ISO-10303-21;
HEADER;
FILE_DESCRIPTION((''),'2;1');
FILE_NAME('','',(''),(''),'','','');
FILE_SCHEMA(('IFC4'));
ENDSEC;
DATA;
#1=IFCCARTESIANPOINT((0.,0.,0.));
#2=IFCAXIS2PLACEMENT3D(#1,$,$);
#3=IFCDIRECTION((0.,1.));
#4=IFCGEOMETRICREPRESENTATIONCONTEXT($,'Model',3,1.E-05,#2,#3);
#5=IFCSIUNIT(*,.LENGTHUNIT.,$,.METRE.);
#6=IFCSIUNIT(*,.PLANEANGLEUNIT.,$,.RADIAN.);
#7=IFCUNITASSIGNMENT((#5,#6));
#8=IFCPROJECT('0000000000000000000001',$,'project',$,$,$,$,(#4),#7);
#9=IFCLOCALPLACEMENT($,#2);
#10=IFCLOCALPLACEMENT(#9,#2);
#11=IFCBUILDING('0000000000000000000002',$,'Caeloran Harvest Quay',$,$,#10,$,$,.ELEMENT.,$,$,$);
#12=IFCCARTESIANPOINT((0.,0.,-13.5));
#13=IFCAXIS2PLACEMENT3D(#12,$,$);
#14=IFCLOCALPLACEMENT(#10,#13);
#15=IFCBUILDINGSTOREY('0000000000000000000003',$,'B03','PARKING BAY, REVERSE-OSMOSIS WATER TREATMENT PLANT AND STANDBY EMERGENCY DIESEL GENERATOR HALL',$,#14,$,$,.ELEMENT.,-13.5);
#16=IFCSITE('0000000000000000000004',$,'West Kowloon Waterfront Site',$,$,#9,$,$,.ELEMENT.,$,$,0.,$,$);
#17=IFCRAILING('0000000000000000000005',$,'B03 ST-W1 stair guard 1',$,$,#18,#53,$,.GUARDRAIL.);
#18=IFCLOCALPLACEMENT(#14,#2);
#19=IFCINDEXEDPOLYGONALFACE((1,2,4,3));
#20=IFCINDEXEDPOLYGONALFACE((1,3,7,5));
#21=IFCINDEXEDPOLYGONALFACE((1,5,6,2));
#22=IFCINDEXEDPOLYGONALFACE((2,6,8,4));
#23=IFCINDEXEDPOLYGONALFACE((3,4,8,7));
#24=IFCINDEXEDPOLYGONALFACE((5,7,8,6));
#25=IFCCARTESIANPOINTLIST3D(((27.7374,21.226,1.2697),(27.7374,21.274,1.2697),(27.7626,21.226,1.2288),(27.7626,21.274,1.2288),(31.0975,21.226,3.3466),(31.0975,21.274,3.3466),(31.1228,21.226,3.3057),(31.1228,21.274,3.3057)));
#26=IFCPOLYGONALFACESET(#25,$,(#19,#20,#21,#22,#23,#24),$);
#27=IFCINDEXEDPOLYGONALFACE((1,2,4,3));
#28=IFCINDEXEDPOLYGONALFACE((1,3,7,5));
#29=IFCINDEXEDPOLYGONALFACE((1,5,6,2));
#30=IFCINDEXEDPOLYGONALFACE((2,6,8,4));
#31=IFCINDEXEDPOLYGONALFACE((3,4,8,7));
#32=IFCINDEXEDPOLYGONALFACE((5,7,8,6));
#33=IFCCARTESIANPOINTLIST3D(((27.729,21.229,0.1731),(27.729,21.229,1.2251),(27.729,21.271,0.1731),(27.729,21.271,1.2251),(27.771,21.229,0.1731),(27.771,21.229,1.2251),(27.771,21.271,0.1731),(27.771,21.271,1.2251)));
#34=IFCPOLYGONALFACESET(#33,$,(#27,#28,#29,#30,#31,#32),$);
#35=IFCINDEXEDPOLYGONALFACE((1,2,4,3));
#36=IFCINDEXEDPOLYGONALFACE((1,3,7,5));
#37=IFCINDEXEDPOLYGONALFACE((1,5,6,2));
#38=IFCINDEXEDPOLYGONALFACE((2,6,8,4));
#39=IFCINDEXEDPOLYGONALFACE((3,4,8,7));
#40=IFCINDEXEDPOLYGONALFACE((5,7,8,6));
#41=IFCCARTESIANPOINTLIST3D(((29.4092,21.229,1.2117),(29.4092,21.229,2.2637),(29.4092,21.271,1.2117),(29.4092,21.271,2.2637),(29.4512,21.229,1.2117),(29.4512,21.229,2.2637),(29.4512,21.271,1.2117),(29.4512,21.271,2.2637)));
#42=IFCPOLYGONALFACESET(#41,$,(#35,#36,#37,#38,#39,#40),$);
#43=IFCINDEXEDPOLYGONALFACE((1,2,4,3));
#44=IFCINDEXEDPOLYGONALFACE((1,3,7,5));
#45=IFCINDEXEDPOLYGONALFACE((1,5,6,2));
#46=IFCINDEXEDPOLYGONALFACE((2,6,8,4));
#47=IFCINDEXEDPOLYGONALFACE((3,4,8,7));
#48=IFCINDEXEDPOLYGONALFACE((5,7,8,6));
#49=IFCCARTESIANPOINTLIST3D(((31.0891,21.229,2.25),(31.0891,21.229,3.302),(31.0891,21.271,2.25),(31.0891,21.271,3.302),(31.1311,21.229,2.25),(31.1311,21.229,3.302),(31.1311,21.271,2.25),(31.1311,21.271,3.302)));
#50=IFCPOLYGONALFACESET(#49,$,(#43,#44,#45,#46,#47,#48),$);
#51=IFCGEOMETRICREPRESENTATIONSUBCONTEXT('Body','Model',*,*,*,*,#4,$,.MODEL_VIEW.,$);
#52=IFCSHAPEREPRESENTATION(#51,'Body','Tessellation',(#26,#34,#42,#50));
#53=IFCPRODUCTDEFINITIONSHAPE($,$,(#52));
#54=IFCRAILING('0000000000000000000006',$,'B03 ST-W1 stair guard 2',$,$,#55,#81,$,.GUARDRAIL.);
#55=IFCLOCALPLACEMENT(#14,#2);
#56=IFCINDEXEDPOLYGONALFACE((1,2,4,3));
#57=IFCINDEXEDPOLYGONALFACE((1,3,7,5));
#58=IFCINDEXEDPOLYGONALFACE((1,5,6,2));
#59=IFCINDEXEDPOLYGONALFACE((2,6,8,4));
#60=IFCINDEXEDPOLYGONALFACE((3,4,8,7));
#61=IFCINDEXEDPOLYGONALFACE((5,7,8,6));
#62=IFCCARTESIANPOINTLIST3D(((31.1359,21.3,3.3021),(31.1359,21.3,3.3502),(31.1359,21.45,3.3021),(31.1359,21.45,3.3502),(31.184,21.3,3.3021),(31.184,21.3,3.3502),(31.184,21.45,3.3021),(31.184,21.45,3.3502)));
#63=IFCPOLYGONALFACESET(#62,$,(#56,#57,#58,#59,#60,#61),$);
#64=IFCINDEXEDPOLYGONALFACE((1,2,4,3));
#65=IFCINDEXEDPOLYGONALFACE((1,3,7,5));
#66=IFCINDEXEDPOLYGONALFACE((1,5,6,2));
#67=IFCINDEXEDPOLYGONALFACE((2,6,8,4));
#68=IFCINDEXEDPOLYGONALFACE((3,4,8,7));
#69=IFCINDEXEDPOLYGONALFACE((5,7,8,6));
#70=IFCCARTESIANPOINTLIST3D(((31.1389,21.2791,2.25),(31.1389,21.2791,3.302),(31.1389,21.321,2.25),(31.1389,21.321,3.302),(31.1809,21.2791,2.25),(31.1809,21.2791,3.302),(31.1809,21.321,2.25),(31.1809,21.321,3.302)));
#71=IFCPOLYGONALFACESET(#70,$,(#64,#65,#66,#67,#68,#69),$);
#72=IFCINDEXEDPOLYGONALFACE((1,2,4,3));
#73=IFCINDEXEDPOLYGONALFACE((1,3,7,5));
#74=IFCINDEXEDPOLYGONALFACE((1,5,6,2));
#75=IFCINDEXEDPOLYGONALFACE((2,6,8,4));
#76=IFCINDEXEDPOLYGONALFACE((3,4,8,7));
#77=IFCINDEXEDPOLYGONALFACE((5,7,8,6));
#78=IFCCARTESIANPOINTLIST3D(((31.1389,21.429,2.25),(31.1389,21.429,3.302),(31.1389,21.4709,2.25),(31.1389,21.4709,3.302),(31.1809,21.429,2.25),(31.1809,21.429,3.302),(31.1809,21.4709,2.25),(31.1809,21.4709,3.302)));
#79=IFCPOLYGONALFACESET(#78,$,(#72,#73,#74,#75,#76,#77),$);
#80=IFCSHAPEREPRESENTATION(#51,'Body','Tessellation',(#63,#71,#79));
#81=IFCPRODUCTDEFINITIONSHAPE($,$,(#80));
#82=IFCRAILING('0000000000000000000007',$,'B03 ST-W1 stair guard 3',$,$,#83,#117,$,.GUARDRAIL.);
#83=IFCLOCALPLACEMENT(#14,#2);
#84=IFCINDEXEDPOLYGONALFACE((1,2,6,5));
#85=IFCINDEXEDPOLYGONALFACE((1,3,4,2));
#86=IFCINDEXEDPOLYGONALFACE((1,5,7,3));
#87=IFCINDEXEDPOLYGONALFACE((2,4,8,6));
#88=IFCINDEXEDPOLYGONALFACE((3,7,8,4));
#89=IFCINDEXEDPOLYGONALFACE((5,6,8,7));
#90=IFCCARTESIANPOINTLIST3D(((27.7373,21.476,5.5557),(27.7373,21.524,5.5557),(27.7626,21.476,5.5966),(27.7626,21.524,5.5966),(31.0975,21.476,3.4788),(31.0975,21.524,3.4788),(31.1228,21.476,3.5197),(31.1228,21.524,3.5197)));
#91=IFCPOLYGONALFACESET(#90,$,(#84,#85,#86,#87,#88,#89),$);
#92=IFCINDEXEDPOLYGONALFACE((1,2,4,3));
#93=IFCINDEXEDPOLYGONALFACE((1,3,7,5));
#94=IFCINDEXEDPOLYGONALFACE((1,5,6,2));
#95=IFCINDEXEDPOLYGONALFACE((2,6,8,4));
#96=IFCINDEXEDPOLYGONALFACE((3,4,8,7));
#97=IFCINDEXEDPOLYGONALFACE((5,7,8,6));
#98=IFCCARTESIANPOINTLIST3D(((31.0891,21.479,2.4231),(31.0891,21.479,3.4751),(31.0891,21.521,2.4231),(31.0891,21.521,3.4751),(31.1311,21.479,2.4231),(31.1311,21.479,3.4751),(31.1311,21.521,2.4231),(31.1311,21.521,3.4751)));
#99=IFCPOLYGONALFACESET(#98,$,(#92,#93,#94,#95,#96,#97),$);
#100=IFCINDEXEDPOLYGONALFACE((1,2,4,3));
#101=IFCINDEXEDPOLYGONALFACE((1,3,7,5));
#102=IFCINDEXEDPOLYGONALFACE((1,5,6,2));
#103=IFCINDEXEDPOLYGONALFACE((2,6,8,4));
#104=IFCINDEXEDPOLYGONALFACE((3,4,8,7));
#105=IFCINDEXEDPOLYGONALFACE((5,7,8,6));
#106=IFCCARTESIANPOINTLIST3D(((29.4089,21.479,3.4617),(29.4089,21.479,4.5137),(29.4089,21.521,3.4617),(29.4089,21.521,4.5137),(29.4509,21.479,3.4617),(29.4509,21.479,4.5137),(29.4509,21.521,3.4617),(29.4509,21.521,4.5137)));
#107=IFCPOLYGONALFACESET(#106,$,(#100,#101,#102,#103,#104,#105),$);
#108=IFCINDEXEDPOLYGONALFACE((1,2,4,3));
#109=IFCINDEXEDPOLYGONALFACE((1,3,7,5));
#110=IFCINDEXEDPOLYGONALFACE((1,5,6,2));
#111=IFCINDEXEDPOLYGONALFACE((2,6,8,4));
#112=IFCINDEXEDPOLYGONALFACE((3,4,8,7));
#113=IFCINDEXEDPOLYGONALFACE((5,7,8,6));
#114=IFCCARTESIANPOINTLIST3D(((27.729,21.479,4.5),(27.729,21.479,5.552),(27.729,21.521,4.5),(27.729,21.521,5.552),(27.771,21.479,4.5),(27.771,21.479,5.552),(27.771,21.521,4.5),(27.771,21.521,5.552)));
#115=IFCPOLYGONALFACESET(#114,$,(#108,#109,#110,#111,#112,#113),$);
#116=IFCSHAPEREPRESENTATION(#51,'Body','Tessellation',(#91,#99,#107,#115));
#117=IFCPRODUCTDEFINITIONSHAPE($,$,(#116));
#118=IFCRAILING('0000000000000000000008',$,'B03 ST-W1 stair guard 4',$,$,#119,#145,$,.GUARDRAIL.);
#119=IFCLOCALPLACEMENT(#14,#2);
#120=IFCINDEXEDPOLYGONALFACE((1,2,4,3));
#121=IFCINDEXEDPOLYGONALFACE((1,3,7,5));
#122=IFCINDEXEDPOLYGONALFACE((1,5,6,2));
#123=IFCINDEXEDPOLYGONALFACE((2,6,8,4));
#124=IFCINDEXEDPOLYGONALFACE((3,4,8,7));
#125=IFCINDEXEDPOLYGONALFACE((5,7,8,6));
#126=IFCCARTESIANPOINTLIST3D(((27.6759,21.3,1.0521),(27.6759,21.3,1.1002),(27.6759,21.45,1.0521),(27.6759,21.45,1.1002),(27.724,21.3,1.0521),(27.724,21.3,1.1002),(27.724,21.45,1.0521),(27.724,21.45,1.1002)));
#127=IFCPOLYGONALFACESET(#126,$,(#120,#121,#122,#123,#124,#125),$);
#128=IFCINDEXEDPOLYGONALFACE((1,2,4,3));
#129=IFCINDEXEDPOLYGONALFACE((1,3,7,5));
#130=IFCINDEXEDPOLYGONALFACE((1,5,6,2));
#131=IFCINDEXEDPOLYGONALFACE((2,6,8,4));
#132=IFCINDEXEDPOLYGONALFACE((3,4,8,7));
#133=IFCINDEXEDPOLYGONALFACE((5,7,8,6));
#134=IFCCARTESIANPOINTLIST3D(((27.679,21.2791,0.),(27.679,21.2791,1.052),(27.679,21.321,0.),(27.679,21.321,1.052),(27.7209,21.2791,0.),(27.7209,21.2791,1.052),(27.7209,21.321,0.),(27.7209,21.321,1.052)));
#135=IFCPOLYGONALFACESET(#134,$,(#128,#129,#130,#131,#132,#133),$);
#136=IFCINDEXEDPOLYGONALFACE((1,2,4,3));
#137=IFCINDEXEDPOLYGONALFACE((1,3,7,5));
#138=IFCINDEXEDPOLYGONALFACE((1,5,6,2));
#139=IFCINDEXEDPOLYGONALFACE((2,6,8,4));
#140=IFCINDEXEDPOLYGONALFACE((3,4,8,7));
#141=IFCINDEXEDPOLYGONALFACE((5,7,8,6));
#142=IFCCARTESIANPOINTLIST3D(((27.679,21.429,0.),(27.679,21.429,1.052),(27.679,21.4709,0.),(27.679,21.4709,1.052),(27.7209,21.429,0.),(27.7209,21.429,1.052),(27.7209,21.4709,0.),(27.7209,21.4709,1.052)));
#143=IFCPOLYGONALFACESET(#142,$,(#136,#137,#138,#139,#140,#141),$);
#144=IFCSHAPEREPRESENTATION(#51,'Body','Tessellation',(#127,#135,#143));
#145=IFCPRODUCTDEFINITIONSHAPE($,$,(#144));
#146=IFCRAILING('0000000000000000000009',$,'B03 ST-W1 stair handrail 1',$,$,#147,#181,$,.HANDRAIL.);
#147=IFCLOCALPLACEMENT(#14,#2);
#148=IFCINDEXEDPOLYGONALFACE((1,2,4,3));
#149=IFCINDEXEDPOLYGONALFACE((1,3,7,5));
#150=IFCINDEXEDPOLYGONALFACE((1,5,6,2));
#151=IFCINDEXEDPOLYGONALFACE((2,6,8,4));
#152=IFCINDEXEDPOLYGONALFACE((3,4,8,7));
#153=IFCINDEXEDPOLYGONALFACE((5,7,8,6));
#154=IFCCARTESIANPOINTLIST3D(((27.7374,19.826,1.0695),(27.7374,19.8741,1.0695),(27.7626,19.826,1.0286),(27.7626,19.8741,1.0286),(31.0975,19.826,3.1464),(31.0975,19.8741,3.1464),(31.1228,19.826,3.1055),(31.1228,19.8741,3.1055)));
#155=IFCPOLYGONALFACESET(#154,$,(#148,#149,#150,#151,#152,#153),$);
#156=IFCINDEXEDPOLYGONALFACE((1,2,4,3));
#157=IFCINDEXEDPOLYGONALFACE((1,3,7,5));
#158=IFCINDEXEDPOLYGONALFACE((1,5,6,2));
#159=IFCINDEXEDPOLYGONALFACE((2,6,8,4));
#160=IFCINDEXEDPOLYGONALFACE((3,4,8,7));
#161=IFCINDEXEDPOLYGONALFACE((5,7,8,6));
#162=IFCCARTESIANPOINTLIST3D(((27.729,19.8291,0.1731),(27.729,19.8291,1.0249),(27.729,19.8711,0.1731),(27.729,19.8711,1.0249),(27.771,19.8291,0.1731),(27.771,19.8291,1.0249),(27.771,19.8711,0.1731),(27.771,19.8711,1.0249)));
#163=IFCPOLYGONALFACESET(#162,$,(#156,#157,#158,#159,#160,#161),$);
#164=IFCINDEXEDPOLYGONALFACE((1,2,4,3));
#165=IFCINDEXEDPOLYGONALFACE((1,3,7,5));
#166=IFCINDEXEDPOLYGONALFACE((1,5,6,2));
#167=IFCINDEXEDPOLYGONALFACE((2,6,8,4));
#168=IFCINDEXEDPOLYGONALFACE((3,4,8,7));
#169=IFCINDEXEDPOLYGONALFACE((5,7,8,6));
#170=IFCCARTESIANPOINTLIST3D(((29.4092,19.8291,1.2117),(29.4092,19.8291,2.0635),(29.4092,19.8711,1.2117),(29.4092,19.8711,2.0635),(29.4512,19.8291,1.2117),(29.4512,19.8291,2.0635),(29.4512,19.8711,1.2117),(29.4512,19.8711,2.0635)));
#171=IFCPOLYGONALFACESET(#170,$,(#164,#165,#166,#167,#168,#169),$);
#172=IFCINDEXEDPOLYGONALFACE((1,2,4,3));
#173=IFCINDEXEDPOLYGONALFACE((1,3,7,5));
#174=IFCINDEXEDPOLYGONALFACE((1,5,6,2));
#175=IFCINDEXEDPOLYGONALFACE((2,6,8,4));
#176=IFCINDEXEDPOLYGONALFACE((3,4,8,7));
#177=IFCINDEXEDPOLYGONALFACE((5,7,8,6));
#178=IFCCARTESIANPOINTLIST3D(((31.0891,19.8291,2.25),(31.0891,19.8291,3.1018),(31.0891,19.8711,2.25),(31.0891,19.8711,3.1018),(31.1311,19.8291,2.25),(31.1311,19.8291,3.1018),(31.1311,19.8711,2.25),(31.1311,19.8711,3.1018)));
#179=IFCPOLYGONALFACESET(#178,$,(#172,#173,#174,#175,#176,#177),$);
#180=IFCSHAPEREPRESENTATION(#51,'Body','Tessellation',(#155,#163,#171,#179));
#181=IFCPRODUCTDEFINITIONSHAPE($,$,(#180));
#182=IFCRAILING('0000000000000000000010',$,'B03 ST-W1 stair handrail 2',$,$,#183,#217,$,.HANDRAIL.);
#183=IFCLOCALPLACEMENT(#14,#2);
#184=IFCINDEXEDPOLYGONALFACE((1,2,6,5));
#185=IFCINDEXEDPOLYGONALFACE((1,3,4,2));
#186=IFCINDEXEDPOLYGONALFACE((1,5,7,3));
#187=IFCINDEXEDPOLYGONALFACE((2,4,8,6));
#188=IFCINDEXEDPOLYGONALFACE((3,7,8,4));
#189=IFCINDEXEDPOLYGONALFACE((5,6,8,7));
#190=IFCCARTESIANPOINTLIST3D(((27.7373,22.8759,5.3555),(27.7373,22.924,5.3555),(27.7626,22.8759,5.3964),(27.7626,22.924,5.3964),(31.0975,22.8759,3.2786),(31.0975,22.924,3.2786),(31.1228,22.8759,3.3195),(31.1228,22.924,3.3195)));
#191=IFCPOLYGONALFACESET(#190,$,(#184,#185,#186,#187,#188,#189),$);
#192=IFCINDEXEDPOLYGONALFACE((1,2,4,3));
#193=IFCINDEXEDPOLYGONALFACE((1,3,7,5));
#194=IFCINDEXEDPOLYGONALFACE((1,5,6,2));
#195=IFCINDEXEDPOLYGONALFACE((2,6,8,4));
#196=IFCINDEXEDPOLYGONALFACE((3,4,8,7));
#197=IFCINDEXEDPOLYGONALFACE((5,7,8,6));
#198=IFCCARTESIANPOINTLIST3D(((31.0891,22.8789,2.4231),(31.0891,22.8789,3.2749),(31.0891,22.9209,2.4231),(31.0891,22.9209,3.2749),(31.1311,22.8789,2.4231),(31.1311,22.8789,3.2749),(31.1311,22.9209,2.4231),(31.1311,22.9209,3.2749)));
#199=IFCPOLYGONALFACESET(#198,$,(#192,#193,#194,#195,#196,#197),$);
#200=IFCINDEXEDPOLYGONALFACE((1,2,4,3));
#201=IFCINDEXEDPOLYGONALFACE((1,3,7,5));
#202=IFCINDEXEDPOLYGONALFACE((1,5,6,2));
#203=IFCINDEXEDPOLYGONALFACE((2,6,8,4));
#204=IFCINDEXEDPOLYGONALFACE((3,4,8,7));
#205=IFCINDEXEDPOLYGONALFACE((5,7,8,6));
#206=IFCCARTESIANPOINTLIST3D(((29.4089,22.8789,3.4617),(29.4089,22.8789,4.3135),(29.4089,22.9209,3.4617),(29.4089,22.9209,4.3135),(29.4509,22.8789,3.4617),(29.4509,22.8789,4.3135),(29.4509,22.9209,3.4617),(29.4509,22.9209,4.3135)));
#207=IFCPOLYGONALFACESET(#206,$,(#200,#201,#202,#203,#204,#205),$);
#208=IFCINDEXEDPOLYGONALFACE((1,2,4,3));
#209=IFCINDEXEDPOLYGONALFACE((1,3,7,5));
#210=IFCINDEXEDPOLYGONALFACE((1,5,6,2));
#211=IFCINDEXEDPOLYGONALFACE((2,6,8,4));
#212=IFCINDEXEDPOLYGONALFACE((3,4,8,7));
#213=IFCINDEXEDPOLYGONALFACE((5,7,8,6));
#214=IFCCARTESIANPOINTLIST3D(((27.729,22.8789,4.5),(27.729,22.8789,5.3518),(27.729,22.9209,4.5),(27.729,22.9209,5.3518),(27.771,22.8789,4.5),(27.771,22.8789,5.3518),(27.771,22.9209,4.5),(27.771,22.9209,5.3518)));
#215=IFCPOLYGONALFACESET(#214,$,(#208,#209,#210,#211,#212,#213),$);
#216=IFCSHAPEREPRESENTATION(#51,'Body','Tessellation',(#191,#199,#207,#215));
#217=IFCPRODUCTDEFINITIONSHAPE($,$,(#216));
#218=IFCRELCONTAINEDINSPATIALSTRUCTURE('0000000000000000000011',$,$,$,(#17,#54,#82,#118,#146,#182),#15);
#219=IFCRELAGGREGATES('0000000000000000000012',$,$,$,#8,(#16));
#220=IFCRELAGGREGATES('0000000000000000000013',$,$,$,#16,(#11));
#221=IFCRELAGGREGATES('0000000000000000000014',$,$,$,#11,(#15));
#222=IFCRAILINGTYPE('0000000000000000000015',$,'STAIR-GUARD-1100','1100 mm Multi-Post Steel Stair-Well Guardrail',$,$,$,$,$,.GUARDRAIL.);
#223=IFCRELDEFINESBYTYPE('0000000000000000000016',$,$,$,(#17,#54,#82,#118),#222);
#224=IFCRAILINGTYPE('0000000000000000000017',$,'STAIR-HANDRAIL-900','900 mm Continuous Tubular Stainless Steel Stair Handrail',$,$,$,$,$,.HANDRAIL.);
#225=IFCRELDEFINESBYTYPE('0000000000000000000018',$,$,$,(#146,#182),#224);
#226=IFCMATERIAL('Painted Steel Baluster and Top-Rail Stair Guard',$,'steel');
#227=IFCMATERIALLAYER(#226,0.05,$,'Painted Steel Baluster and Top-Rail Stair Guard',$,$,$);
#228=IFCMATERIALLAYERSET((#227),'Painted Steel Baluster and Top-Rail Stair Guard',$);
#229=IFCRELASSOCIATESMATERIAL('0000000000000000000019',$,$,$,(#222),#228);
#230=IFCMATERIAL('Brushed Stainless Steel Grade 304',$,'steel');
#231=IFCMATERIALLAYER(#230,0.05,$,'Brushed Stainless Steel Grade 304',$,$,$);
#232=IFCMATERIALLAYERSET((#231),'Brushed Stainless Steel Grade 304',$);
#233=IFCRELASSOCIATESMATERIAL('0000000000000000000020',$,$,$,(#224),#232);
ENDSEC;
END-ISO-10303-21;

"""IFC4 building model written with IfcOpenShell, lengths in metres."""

from ifc_helpers import new_model, si_unit, direction, frame, origin, origin_2d, place, context, subcontext, project, spatial, rectangle, extrude, material, layer, layer_set, type_object, element, save


model = new_model("IFC4")

# Units and contexts
model_context = context("Model", 3, precision=1e-05, world=origin(), true_north=direction((0.0, 1.0)))
body_context = subcontext(model_context, "Body", "Model", "MODEL_VIEW")
ifc_project = project(units=[si_unit("LENGTHUNIT", "METRE"), si_unit("PLANEANGLEUNIT", "RADIAN")], contexts=[model_context])

# Site, building, storey
site_placement = place(None, origin())
site = spatial("IfcSite", under=ifc_project, at=site_placement, Name="West Kowloon Waterfront Site", CompositionType="ELEMENT", RefElevation=0.0)
building_placement = place(site_placement, origin())
building = spatial("IfcBuilding", under=site, at=building_placement, Name="Caeloran Harvest Quay", CompositionType="ELEMENT")
storey_placement = place(building_placement, frame((0.0, 0.0, -13.5)))
storey = spatial("IfcBuildingStorey", under=building, at=storey_placement, Name="B03", Description="PARKING BAY, REVERSE-OSMOSIS WATER TREATMENT PLANT AND STANDBY EMERGENCY DIESEL GENERATOR HALL", CompositionType="ELEMENT", Elevation=-13.5)

# Railings
ifc_material_1 = material(Name="Painted Steel Baluster and Top-Rail Stair Guard", Category="steel")
ifc_layer_1 = layer(ifc_material_1, 0.05, Name="Painted Steel Baluster and Top-Rail Stair Guard")
ifc_layer_set_1 = layer_set([ifc_layer_1], Name="Painted Steel Baluster and Top-Rail Stair Guard")
railing_type_1 = type_object("IfcRailingType", Name="STAIR-GUARD-1100", Description="1100 mm Multi-Post Steel Stair-Well Guardrail", PredefinedType="GUARDRAIL", material=ifc_layer_set_1)
railing_1_placement = place(storey_placement, frame((27.75, 21.25, 0.1731)))
element("IfcRailing", 1, at=railing_1_placement, inside=storey, type_object=railing_type_1, Name="B03 ST-W1 stair guard 1", PredefinedType="GUARDRAIL", context=body_context, shape_type="SweptSolid", body=[
    extrude(rectangle(XDim=0.0481, YDim=0.0481, at=origin_2d()), frame((0.0, 0.0, 1.0762), z_axis=(0.850623, 0.0, 0.525776), x_axis=(0.0, 1.0, 0.0)), (0.0, 0.0, 1.0), 3.9502),
    extrude(rectangle(XDim=0.042, YDim=0.042, at=origin_2d()), origin(), (0.0, 0.0, 1.0), 1.052),
    extrude(rectangle(XDim=0.042, YDim=0.042, at=origin_2d()), frame((1.6802, 0.0, 1.0386)), (0.0, 0.0, 1.0), 1.052),
    extrude(rectangle(XDim=0.042, YDim=0.042, at=origin_2d()), frame((3.3601, 0.0, 2.0769)), (0.0, 0.0, 1.0), 1.052),
])
railing_2_placement = place(storey_placement, frame((31.1599, 21.3, 2.25)))
element("IfcRailing", 2, at=railing_2_placement, inside=storey, type_object=railing_type_1, Name="B03 ST-W1 stair guard 2", PredefinedType="GUARDRAIL", context=body_context, shape_type="SweptSolid", body=[
    extrude(rectangle(XDim=0.0481, YDim=0.0481, at=origin_2d()), frame((0.0, 0.0, 1.0762), z_axis=(0.0, 1.0, 0.0), x_axis=(-1.0, 0.0, 0.0)), (0.0, 0.0, 1.0), 0.1499),
    extrude(rectangle(XDim=0.042, YDim=0.042, at=origin_2d()), origin(), (0.0, 0.0, 1.0), 1.052),
    extrude(rectangle(XDim=0.042, YDim=0.042, at=origin_2d()), frame((0.0, 0.1499, 0.0)), (0.0, 0.0, 1.0), 1.052),
])
railing_3_placement = place(storey_placement, frame((31.1101, 21.5, 2.4231)))
element("IfcRailing", 3, at=railing_3_placement, inside=storey, type_object=railing_type_1, Name="B03 ST-W1 stair guard 3", PredefinedType="GUARDRAIL", context=body_context, shape_type="SweptSolid", body=[
    extrude(rectangle(XDim=0.0481, YDim=0.0481, at=origin_2d()), frame((0.0, 0.0, 1.0762), z_axis=(-0.850623, 0.0, 0.525776), x_axis=(0.0, -1.0, 0.0)), (0.0, 0.0, 1.0), 3.9502),
    extrude(rectangle(XDim=0.042, YDim=0.042, at=origin_2d()), origin(), (0.0, 0.0, 1.0), 1.052),
    extrude(rectangle(XDim=0.042, YDim=0.042, at=origin_2d()), frame((-1.6802, 0.0, 1.0386)), (0.0, 0.0, 1.0), 1.052),
    extrude(rectangle(XDim=0.042, YDim=0.042, at=origin_2d()), frame((-3.3601, 0.0, 2.0769)), (0.0, 0.0, 1.0), 1.052),
])
railing_4_placement = place(storey_placement, frame((27.7, 21.3, 0.0)))
element("IfcRailing", 4, at=railing_4_placement, inside=storey, type_object=railing_type_1, Name="B03 ST-W1 stair guard 4", PredefinedType="GUARDRAIL", context=body_context, shape_type="SweptSolid", body=[
    extrude(rectangle(XDim=0.0481, YDim=0.0481, at=origin_2d()), frame((0.0, 0.0, 1.0762), z_axis=(0.0, 1.0, 0.0), x_axis=(-1.0, 0.0, 0.0)), (0.0, 0.0, 1.0), 0.1499),
    extrude(rectangle(XDim=0.042, YDim=0.042, at=origin_2d()), origin(), (0.0, 0.0, 1.0), 1.052),
    extrude(rectangle(XDim=0.042, YDim=0.042, at=origin_2d()), frame((0.0, 0.1499, 0.0)), (0.0, 0.0, 1.0), 1.052),
])
ifc_material_2 = material(Name="Brushed Stainless Steel Grade 304", Category="steel")
ifc_layer_2 = layer(ifc_material_2, 0.05, Name="Brushed Stainless Steel Grade 304")
ifc_layer_set_2 = layer_set([ifc_layer_2], Name="Brushed Stainless Steel Grade 304")
railing_type_2 = type_object("IfcRailingType", Name="STAIR-HANDRAIL-900", Description="900 mm Continuous Tubular Stainless Steel Stair Handrail", PredefinedType="HANDRAIL", material=ifc_layer_set_2)
railing_5_placement = place(storey_placement, frame((27.75, 19.8501, 0.1731)))
element("IfcRailing", 5, at=railing_5_placement, inside=storey, type_object=railing_type_2, Name="B03 ST-W1 stair handrail 1", PredefinedType="HANDRAIL", context=body_context, shape_type="SweptSolid", body=[
    extrude(rectangle(XDim=0.0481, YDim=0.0481, at=origin_2d()), frame((0.0, 0.0, 0.876), z_axis=(0.850623, 0.0, 0.525776), x_axis=(0.0, 1.0, 0.0)), (0.0, 0.0, 1.0), 3.9502),
    extrude(rectangle(XDim=0.042, YDim=0.042, at=origin_2d()), origin(), (0.0, 0.0, 1.0), 0.8518),
    extrude(rectangle(XDim=0.042, YDim=0.042, at=origin_2d()), frame((1.6802, 0.0, 1.0386)), (0.0, 0.0, 1.0), 0.8518),
    extrude(rectangle(XDim=0.042, YDim=0.042, at=origin_2d()), frame((3.3601, 0.0, 2.0769)), (0.0, 0.0, 1.0), 0.8518),
])
railing_6_placement = place(storey_placement, frame((31.1101, 22.8999, 2.4231)))
element("IfcRailing", 6, at=railing_6_placement, inside=storey, type_object=railing_type_2, Name="B03 ST-W1 stair handrail 2", PredefinedType="HANDRAIL", context=body_context, shape_type="SweptSolid", body=[
    extrude(rectangle(XDim=0.0481, YDim=0.0481, at=origin_2d()), frame((0.0, 0.0, 0.876), z_axis=(-0.850623, 0.0, 0.525776), x_axis=(0.0, -1.0, 0.0)), (0.0, 0.0, 1.0), 3.9502),
    extrude(rectangle(XDim=0.042, YDim=0.042, at=origin_2d()), origin(), (0.0, 0.0, 1.0), 0.8518),
    extrude(rectangle(XDim=0.042, YDim=0.042, at=origin_2d()), frame((-1.6802, 0.0, 1.0386)), (0.0, 0.0, 1.0), 0.8518),
    extrude(rectangle(XDim=0.042, YDim=0.042, at=origin_2d()), frame((-3.3601, 0.0, 2.0769)), (0.0, 0.0, 1.0), 0.8518),
])

save(model, "model.ifc")
